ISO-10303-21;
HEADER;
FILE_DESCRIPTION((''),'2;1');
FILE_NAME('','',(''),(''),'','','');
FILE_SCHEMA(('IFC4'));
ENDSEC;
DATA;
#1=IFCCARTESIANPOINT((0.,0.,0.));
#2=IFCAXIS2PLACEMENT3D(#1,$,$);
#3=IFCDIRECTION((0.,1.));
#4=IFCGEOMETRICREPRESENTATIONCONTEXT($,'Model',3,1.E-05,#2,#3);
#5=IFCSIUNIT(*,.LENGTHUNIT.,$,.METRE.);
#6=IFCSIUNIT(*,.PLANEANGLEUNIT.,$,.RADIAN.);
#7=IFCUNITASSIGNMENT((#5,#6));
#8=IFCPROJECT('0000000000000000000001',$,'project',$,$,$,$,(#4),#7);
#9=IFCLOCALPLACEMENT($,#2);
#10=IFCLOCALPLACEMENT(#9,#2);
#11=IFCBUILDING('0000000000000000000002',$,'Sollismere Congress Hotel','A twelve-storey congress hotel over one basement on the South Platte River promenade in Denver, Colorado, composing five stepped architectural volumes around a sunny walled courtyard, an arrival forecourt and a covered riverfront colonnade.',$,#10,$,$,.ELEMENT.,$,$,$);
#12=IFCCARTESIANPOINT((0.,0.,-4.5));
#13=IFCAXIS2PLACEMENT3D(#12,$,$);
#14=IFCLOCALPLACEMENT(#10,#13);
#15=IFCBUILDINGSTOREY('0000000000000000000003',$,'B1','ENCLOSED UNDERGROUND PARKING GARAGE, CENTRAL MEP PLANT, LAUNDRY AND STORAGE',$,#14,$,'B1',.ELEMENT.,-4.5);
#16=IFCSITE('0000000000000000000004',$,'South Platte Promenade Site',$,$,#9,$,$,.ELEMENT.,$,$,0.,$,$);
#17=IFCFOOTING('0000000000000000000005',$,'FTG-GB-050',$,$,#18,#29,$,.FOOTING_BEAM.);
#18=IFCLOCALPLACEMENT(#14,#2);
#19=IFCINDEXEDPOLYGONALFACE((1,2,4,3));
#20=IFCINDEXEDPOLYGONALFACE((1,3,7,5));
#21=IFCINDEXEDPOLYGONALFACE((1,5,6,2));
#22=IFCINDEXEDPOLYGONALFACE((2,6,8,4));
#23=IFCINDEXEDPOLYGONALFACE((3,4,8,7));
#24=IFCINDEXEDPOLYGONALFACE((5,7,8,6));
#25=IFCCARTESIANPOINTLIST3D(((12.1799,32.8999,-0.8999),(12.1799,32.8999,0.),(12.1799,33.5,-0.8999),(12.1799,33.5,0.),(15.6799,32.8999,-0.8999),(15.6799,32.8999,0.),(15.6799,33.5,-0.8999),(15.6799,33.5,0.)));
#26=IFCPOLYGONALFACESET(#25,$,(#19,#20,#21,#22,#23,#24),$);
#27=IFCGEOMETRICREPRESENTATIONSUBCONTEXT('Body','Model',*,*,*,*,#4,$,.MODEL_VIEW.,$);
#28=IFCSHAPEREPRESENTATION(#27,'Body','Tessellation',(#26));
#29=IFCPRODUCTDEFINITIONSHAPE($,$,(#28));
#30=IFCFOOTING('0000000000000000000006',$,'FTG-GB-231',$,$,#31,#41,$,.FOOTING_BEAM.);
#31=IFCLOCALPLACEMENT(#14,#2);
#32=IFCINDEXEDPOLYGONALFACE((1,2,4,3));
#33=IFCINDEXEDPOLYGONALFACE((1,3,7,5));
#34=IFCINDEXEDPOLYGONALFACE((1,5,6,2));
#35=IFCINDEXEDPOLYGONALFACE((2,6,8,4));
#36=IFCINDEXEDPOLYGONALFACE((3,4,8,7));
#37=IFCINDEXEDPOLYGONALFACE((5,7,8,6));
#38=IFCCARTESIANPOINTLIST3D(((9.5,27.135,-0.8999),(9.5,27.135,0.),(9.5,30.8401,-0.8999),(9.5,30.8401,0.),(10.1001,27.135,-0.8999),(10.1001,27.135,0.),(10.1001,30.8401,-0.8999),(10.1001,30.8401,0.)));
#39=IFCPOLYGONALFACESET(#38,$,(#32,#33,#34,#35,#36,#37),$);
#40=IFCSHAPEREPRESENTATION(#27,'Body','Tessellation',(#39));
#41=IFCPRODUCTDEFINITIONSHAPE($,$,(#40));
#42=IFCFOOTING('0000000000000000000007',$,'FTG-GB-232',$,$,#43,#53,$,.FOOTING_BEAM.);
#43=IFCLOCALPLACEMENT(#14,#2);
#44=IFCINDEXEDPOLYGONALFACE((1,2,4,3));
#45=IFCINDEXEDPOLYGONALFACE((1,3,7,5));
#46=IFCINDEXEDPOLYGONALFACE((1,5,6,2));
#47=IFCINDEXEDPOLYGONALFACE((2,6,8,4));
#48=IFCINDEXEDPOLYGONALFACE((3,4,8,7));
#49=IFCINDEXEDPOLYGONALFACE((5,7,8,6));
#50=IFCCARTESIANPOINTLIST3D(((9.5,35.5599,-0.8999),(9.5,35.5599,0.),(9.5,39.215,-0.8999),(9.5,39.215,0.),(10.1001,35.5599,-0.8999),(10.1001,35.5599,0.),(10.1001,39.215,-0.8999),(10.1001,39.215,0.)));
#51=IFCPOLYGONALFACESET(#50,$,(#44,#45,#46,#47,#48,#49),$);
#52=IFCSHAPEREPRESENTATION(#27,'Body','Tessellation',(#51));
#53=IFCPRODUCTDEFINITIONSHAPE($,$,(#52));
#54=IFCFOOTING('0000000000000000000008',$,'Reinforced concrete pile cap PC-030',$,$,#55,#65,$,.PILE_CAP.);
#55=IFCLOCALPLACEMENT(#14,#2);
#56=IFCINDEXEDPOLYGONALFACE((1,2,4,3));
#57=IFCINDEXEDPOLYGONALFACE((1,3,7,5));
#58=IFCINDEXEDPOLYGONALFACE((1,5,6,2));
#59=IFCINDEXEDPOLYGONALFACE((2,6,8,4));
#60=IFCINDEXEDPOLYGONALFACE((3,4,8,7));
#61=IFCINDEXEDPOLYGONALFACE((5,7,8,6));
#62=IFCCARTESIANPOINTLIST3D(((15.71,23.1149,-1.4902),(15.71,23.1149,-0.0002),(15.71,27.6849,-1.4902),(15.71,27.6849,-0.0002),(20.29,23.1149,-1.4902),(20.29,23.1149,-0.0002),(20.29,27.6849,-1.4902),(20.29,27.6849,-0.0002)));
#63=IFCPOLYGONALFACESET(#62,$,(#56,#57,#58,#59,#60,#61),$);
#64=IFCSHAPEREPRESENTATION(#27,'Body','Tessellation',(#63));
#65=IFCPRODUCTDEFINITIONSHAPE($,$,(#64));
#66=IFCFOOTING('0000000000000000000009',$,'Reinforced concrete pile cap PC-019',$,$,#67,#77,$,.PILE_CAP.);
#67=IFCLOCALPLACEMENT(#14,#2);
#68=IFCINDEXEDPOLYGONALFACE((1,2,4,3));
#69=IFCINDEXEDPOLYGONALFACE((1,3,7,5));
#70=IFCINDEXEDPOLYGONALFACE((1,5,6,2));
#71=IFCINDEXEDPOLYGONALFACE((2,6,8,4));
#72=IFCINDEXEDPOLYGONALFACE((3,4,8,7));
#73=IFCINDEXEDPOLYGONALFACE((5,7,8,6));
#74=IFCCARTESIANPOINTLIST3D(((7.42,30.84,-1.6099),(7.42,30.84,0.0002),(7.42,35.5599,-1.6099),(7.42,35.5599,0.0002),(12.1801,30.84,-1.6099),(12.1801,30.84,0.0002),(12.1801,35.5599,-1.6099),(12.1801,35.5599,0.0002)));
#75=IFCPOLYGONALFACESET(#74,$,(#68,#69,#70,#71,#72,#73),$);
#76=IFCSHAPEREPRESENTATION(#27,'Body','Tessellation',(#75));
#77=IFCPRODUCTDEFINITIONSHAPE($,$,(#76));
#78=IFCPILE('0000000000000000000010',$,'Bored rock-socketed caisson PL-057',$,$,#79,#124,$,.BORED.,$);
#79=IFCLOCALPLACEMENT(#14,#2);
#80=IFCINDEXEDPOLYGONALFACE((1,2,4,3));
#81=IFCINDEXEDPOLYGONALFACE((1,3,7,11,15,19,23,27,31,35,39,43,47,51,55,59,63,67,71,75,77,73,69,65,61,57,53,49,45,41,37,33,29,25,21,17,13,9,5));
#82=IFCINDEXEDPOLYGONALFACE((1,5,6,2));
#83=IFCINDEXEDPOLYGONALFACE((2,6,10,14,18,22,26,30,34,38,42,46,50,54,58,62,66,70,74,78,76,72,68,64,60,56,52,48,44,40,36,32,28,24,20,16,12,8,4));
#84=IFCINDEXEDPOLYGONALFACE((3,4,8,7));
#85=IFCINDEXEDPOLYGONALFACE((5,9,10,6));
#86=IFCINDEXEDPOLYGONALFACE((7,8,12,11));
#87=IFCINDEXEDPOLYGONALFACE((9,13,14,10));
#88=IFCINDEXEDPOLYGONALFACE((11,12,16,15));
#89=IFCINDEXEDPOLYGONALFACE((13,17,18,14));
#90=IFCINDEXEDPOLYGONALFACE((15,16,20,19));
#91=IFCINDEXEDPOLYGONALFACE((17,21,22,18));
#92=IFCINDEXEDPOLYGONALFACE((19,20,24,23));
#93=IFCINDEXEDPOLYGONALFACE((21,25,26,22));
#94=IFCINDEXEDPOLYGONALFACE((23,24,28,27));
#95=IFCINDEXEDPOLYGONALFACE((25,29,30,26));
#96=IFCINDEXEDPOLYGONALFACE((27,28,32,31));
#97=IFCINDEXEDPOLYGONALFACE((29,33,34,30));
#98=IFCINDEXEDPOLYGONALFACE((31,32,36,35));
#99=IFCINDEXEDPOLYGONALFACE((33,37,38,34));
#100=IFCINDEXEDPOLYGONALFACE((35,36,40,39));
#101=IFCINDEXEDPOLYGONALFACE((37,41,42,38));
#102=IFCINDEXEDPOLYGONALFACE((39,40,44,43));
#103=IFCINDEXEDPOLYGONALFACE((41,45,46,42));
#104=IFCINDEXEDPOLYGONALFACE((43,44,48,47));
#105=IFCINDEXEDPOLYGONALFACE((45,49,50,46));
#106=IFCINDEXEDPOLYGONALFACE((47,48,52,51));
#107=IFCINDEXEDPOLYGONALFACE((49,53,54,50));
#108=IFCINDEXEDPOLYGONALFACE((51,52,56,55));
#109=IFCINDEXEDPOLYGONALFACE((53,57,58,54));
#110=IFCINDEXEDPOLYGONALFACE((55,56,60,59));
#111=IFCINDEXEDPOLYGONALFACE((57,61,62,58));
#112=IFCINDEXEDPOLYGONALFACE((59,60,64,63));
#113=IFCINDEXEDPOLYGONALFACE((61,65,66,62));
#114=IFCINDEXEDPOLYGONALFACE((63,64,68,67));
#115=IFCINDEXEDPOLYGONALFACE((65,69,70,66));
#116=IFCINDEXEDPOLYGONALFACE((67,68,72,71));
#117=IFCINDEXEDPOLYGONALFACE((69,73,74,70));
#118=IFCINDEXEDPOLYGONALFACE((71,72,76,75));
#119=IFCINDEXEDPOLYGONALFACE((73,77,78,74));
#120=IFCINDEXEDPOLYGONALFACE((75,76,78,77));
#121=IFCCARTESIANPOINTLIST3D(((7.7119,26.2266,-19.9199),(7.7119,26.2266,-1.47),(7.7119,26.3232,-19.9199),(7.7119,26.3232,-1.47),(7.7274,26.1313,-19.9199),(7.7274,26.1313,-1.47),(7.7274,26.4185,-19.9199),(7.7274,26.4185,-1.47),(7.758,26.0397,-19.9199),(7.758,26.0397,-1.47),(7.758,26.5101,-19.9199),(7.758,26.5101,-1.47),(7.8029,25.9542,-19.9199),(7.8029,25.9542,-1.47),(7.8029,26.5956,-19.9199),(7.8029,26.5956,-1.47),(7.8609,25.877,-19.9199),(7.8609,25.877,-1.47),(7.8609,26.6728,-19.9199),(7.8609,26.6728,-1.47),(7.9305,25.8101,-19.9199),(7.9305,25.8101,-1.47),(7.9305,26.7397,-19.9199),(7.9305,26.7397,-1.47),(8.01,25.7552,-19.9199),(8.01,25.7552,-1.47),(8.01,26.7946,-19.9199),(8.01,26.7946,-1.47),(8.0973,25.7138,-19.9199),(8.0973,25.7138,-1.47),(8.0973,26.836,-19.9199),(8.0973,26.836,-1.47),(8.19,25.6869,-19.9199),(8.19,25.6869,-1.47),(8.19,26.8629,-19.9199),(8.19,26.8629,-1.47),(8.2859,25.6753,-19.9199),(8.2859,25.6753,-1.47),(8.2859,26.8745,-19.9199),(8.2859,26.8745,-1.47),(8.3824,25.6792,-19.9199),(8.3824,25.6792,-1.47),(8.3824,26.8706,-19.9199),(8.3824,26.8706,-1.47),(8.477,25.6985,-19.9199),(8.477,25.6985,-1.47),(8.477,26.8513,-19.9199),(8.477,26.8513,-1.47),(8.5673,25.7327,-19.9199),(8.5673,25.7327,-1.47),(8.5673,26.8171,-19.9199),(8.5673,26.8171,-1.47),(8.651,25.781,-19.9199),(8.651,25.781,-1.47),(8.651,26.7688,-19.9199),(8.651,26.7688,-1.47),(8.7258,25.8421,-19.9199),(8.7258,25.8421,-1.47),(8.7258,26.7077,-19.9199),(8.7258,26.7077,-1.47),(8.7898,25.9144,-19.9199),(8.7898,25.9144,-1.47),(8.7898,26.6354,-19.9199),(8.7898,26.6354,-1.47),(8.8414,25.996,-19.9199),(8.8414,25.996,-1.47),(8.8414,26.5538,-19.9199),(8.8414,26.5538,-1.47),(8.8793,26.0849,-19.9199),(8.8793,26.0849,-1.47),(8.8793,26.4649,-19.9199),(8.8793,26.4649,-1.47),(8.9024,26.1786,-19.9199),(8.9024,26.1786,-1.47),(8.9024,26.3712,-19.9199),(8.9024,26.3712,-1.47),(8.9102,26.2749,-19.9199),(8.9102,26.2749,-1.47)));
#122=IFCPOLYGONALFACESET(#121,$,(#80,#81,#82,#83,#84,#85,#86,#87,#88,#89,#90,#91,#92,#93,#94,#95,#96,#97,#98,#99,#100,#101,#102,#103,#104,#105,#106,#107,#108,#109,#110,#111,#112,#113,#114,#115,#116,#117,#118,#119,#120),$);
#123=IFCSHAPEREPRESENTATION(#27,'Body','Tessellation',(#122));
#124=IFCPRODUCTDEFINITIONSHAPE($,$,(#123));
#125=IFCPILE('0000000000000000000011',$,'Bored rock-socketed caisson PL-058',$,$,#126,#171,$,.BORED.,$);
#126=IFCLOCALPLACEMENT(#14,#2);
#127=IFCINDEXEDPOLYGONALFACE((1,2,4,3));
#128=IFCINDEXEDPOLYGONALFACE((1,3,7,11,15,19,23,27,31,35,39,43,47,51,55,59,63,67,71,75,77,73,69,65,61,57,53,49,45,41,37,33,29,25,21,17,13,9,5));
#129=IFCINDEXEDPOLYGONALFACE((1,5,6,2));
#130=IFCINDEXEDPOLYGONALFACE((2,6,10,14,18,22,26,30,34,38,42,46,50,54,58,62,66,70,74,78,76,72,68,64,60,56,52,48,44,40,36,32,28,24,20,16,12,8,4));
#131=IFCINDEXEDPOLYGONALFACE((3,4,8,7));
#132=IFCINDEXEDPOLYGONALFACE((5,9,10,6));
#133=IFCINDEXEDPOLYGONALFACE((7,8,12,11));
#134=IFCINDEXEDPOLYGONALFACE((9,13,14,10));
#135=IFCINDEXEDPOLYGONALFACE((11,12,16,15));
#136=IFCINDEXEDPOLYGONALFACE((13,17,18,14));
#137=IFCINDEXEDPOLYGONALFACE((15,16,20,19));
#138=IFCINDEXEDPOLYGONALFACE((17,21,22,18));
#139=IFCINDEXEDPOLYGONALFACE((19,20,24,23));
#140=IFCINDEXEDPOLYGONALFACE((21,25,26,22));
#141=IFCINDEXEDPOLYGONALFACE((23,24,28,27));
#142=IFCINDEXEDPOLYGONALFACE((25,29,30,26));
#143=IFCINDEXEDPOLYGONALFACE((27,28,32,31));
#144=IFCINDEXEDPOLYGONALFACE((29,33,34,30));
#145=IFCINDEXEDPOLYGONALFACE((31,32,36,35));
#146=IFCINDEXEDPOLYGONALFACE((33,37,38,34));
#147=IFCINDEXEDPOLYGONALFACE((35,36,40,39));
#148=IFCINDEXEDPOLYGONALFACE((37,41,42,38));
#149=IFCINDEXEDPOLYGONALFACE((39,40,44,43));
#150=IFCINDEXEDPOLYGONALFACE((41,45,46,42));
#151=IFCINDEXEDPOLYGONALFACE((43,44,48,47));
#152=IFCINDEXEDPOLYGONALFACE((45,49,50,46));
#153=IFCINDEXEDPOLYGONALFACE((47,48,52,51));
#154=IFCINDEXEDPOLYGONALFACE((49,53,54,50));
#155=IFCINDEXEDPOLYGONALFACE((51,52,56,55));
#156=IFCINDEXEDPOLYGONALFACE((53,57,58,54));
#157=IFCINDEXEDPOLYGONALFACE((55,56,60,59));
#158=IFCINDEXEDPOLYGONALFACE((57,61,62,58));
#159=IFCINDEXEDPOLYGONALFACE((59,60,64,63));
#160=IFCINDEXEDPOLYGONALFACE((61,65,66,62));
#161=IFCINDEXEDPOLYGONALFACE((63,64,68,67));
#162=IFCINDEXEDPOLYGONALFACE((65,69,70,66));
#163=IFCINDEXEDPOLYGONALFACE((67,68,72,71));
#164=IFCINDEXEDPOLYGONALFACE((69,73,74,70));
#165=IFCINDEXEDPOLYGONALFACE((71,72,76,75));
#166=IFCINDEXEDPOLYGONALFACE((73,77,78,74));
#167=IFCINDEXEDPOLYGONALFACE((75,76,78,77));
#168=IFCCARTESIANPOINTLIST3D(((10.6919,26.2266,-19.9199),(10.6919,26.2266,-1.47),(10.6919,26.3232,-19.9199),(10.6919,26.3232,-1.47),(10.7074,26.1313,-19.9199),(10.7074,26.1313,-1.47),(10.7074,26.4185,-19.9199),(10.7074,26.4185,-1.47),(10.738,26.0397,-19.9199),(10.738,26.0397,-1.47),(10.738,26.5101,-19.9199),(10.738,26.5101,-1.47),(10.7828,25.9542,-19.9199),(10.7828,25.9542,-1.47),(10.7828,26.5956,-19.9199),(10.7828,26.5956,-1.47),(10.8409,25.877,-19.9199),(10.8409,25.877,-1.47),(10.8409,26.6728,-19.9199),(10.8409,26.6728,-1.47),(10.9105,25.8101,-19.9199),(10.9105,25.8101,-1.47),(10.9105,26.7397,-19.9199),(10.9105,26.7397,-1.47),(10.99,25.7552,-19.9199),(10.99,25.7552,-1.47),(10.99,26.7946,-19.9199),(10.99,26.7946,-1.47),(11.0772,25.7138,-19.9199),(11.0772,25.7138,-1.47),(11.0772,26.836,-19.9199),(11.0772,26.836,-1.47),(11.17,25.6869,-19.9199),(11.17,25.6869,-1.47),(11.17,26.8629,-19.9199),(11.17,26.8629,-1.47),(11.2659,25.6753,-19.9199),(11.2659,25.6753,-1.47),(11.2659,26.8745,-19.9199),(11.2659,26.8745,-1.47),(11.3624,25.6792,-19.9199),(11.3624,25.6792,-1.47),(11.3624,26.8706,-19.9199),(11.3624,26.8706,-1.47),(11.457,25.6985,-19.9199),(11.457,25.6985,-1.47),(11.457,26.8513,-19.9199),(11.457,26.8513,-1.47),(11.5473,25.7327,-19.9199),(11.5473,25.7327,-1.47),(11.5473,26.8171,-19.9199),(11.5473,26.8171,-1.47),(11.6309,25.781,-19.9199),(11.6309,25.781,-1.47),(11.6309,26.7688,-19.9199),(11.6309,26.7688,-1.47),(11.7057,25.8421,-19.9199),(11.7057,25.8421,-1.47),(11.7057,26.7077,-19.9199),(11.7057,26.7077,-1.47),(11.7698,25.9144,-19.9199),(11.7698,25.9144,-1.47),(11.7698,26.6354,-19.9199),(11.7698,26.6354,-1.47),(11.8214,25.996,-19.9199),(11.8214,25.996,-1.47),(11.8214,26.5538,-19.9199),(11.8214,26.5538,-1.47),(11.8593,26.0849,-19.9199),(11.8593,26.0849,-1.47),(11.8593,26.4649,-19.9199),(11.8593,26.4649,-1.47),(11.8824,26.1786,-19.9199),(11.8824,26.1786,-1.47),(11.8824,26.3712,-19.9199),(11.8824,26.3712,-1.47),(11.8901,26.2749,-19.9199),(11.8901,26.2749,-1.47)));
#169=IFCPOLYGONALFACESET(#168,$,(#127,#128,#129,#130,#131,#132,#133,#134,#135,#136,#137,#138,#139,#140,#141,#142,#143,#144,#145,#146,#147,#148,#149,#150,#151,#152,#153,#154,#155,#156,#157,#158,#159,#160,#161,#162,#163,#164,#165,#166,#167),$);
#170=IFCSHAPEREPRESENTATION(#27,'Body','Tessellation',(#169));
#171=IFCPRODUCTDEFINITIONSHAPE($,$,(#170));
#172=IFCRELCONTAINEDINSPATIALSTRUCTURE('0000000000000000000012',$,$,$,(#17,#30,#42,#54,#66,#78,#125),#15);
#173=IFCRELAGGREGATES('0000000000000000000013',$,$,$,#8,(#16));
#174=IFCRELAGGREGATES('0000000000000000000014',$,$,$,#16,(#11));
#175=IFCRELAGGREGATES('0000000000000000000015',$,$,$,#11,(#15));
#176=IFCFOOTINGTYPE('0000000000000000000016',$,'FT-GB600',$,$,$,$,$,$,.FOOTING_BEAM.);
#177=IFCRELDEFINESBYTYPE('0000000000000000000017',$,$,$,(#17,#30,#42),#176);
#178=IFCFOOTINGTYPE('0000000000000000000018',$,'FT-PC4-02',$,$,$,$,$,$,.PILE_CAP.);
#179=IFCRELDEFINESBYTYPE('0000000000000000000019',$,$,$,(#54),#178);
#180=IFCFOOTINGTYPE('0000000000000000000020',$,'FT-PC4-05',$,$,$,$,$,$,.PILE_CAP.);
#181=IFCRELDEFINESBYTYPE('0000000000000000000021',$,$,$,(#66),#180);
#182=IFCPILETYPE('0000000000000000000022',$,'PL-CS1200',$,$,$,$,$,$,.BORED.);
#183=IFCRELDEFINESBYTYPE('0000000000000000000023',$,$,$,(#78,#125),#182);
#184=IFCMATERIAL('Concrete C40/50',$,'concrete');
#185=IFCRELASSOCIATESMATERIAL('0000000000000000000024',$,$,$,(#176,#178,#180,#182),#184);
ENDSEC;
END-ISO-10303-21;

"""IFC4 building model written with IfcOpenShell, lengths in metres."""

from ifc_helpers import new_model, si_unit, direction, frame, origin, origin_2d, place, context, subcontext, project, spatial, rectangle, circle, extrude, material, material_profile, profile_set, type_object, element, save


model = new_model("IFC4")

# Units and contexts
model_context = context("Model", 3, precision=1e-05, world=origin(), true_north=direction((0.0, 1.0)))
body_context = subcontext(model_context, "Body", "Model", "MODEL_VIEW")
ifc_project = project(units=[si_unit("LENGTHUNIT", "METRE"), si_unit("PLANEANGLEUNIT", "RADIAN")], contexts=[model_context])

# Site, building, storey
site_placement = place(None, origin())
site = spatial("IfcSite", under=ifc_project, at=site_placement, Name="South Platte Promenade Site", CompositionType="ELEMENT", RefElevation=0.0)
building_placement = place(site_placement, origin())
building = spatial("IfcBuilding", under=site, at=building_placement, Name="Sollismere Congress Hotel", Description="A twelve-storey congress hotel over one basement on the South Platte River promenade in Denver, Colorado, composing five stepped architectural volumes around a sunny walled courtyard, an arrival forecourt and a covered riverfront colonnade.", CompositionType="ELEMENT")
storey_placement = place(building_placement, frame((0.0, 0.0, -4.5)))
storey = spatial("IfcBuildingStorey", under=building, at=storey_placement, Name="B1", Description="ENCLOSED UNDERGROUND PARKING GARAGE, CENTRAL MEP PLANT, LAUNDRY AND STORAGE", LongName="B1", CompositionType="ELEMENT", Elevation=-4.5)

# Footings
ifc_material_1 = material(Name="Concrete C40/50", Category="concrete")
footing_type_1 = type_object("IfcFootingType", Name="FT-GB600", PredefinedType="FOOTING_BEAM", material=ifc_material_1)
footing_1_placement = place(storey_placement, frame((13.9299, 33.2, -0.8999), z_axis=(0.0, 0.0, 1.0), x_axis=(1.0, 0.0, 0.0)))
element("IfcFooting", 1, at=footing_1_placement, inside=storey, type_object=footing_type_1, Name="FTG-GB-050", PredefinedType="FOOTING_BEAM", context=body_context, shape_type="SweptSolid", body=[
    extrude(rectangle(XDim=3.5, YDim=0.6001, at=origin_2d()), origin(), (0.0, 0.0, 1.0), 0.8999),
])
footing_2_placement = place(storey_placement, frame((9.8, 28.9875, -0.8999), z_axis=(0.0, 0.0, 1.0), x_axis=(0.0, 1.0, 0.0)))
element("IfcFooting", 2, at=footing_2_placement, inside=storey, type_object=footing_type_1, Name="FTG-GB-231", PredefinedType="FOOTING_BEAM", context=body_context, shape_type="SweptSolid", body=[
    extrude(rectangle(XDim=3.7051, YDim=0.6001, at=origin_2d()), origin(), (0.0, 0.0, 1.0), 0.8999),
])
footing_3_placement = place(storey_placement, frame((9.8, 37.3875, -0.8999), z_axis=(0.0, 0.0, 1.0), x_axis=(0.0, 1.0, 0.0)))
element("IfcFooting", 3, at=footing_3_placement, inside=storey, type_object=footing_type_1, Name="FTG-GB-232", PredefinedType="FOOTING_BEAM", context=body_context, shape_type="SweptSolid", body=[
    extrude(rectangle(XDim=3.655, YDim=0.6001, at=origin_2d()), origin(), (0.0, 0.0, 1.0), 0.8999),
])
footing_type_2 = type_object("IfcFootingType", Name="FT-PC4-02", PredefinedType="PILE_CAP", material=ifc_material_1)
footing_4_placement = place(storey_placement, frame((18.0, 25.3999, -1.4902), z_axis=(0.0, 0.0, 1.0), x_axis=(1.0, 0.0, 0.0)))
element("IfcFooting", 4, at=footing_4_placement, inside=storey, type_object=footing_type_2, Name="Reinforced concrete pile cap PC-030", PredefinedType="PILE_CAP", context=body_context, shape_type="SweptSolid", body=[
    extrude(rectangle(XDim=4.5801, YDim=4.5701, at=origin_2d()), origin(), (0.0, 0.0, 1.0), 1.49),
])
footing_type_3 = type_object("IfcFootingType", Name="FT-PC4-05", PredefinedType="PILE_CAP", material=ifc_material_1)
footing_5_placement = place(storey_placement, frame((9.8, 33.2, -1.6099), z_axis=(0.0, 0.0, 1.0), x_axis=(1.0, 0.0, 0.0)))
element("IfcFooting", 5, at=footing_5_placement, inside=storey, type_object=footing_type_3, Name="Reinforced concrete pile cap PC-019", PredefinedType="PILE_CAP", context=body_context, shape_type="SweptSolid", body=[
    extrude(rectangle(XDim=4.76, YDim=4.72, at=origin_2d()), origin(), (0.0, 0.0, 1.0), 1.6101),
])

# Piles
ifc_material_profile_1 = material_profile(ifc_material_1, circle(Radius=0.6001, at=origin_2d()), Name="CAISSON1200")
ifc_profile_set_1 = profile_set([ifc_material_profile_1], Name="Concrete C40/50")
pile_type = type_object("IfcPileType", Name="PL-CS1200", PredefinedType="BORED", material=ifc_profile_set_1)
for number, where, z_axis, x_axis, name in (
    (6, (8.3101, 26.2749, -1.47), (0.0, 0.0, -1.0), (1.0, 0.0, 0.0), "Bored rock-socketed caisson PL-057"),
    (7, (11.29, 26.2749, -1.47), (0.0, 0.0, -1.0), (1.0, 0.0, 0.0), "Bored rock-socketed caisson PL-058"),
):
    element("IfcPile", number, at=place(storey_placement, frame(where, z_axis=z_axis, x_axis=x_axis)), inside=storey, type_object=pile_type, Name=name, PredefinedType="BORED", context=body_context, shape_type="SweptSolid", body=[
        extrude(circle(Radius=0.6001, at=origin_2d()), origin(), (0.0, 0.0, 1.0), 18.45),
    ])

save(model, "model.ifc")
